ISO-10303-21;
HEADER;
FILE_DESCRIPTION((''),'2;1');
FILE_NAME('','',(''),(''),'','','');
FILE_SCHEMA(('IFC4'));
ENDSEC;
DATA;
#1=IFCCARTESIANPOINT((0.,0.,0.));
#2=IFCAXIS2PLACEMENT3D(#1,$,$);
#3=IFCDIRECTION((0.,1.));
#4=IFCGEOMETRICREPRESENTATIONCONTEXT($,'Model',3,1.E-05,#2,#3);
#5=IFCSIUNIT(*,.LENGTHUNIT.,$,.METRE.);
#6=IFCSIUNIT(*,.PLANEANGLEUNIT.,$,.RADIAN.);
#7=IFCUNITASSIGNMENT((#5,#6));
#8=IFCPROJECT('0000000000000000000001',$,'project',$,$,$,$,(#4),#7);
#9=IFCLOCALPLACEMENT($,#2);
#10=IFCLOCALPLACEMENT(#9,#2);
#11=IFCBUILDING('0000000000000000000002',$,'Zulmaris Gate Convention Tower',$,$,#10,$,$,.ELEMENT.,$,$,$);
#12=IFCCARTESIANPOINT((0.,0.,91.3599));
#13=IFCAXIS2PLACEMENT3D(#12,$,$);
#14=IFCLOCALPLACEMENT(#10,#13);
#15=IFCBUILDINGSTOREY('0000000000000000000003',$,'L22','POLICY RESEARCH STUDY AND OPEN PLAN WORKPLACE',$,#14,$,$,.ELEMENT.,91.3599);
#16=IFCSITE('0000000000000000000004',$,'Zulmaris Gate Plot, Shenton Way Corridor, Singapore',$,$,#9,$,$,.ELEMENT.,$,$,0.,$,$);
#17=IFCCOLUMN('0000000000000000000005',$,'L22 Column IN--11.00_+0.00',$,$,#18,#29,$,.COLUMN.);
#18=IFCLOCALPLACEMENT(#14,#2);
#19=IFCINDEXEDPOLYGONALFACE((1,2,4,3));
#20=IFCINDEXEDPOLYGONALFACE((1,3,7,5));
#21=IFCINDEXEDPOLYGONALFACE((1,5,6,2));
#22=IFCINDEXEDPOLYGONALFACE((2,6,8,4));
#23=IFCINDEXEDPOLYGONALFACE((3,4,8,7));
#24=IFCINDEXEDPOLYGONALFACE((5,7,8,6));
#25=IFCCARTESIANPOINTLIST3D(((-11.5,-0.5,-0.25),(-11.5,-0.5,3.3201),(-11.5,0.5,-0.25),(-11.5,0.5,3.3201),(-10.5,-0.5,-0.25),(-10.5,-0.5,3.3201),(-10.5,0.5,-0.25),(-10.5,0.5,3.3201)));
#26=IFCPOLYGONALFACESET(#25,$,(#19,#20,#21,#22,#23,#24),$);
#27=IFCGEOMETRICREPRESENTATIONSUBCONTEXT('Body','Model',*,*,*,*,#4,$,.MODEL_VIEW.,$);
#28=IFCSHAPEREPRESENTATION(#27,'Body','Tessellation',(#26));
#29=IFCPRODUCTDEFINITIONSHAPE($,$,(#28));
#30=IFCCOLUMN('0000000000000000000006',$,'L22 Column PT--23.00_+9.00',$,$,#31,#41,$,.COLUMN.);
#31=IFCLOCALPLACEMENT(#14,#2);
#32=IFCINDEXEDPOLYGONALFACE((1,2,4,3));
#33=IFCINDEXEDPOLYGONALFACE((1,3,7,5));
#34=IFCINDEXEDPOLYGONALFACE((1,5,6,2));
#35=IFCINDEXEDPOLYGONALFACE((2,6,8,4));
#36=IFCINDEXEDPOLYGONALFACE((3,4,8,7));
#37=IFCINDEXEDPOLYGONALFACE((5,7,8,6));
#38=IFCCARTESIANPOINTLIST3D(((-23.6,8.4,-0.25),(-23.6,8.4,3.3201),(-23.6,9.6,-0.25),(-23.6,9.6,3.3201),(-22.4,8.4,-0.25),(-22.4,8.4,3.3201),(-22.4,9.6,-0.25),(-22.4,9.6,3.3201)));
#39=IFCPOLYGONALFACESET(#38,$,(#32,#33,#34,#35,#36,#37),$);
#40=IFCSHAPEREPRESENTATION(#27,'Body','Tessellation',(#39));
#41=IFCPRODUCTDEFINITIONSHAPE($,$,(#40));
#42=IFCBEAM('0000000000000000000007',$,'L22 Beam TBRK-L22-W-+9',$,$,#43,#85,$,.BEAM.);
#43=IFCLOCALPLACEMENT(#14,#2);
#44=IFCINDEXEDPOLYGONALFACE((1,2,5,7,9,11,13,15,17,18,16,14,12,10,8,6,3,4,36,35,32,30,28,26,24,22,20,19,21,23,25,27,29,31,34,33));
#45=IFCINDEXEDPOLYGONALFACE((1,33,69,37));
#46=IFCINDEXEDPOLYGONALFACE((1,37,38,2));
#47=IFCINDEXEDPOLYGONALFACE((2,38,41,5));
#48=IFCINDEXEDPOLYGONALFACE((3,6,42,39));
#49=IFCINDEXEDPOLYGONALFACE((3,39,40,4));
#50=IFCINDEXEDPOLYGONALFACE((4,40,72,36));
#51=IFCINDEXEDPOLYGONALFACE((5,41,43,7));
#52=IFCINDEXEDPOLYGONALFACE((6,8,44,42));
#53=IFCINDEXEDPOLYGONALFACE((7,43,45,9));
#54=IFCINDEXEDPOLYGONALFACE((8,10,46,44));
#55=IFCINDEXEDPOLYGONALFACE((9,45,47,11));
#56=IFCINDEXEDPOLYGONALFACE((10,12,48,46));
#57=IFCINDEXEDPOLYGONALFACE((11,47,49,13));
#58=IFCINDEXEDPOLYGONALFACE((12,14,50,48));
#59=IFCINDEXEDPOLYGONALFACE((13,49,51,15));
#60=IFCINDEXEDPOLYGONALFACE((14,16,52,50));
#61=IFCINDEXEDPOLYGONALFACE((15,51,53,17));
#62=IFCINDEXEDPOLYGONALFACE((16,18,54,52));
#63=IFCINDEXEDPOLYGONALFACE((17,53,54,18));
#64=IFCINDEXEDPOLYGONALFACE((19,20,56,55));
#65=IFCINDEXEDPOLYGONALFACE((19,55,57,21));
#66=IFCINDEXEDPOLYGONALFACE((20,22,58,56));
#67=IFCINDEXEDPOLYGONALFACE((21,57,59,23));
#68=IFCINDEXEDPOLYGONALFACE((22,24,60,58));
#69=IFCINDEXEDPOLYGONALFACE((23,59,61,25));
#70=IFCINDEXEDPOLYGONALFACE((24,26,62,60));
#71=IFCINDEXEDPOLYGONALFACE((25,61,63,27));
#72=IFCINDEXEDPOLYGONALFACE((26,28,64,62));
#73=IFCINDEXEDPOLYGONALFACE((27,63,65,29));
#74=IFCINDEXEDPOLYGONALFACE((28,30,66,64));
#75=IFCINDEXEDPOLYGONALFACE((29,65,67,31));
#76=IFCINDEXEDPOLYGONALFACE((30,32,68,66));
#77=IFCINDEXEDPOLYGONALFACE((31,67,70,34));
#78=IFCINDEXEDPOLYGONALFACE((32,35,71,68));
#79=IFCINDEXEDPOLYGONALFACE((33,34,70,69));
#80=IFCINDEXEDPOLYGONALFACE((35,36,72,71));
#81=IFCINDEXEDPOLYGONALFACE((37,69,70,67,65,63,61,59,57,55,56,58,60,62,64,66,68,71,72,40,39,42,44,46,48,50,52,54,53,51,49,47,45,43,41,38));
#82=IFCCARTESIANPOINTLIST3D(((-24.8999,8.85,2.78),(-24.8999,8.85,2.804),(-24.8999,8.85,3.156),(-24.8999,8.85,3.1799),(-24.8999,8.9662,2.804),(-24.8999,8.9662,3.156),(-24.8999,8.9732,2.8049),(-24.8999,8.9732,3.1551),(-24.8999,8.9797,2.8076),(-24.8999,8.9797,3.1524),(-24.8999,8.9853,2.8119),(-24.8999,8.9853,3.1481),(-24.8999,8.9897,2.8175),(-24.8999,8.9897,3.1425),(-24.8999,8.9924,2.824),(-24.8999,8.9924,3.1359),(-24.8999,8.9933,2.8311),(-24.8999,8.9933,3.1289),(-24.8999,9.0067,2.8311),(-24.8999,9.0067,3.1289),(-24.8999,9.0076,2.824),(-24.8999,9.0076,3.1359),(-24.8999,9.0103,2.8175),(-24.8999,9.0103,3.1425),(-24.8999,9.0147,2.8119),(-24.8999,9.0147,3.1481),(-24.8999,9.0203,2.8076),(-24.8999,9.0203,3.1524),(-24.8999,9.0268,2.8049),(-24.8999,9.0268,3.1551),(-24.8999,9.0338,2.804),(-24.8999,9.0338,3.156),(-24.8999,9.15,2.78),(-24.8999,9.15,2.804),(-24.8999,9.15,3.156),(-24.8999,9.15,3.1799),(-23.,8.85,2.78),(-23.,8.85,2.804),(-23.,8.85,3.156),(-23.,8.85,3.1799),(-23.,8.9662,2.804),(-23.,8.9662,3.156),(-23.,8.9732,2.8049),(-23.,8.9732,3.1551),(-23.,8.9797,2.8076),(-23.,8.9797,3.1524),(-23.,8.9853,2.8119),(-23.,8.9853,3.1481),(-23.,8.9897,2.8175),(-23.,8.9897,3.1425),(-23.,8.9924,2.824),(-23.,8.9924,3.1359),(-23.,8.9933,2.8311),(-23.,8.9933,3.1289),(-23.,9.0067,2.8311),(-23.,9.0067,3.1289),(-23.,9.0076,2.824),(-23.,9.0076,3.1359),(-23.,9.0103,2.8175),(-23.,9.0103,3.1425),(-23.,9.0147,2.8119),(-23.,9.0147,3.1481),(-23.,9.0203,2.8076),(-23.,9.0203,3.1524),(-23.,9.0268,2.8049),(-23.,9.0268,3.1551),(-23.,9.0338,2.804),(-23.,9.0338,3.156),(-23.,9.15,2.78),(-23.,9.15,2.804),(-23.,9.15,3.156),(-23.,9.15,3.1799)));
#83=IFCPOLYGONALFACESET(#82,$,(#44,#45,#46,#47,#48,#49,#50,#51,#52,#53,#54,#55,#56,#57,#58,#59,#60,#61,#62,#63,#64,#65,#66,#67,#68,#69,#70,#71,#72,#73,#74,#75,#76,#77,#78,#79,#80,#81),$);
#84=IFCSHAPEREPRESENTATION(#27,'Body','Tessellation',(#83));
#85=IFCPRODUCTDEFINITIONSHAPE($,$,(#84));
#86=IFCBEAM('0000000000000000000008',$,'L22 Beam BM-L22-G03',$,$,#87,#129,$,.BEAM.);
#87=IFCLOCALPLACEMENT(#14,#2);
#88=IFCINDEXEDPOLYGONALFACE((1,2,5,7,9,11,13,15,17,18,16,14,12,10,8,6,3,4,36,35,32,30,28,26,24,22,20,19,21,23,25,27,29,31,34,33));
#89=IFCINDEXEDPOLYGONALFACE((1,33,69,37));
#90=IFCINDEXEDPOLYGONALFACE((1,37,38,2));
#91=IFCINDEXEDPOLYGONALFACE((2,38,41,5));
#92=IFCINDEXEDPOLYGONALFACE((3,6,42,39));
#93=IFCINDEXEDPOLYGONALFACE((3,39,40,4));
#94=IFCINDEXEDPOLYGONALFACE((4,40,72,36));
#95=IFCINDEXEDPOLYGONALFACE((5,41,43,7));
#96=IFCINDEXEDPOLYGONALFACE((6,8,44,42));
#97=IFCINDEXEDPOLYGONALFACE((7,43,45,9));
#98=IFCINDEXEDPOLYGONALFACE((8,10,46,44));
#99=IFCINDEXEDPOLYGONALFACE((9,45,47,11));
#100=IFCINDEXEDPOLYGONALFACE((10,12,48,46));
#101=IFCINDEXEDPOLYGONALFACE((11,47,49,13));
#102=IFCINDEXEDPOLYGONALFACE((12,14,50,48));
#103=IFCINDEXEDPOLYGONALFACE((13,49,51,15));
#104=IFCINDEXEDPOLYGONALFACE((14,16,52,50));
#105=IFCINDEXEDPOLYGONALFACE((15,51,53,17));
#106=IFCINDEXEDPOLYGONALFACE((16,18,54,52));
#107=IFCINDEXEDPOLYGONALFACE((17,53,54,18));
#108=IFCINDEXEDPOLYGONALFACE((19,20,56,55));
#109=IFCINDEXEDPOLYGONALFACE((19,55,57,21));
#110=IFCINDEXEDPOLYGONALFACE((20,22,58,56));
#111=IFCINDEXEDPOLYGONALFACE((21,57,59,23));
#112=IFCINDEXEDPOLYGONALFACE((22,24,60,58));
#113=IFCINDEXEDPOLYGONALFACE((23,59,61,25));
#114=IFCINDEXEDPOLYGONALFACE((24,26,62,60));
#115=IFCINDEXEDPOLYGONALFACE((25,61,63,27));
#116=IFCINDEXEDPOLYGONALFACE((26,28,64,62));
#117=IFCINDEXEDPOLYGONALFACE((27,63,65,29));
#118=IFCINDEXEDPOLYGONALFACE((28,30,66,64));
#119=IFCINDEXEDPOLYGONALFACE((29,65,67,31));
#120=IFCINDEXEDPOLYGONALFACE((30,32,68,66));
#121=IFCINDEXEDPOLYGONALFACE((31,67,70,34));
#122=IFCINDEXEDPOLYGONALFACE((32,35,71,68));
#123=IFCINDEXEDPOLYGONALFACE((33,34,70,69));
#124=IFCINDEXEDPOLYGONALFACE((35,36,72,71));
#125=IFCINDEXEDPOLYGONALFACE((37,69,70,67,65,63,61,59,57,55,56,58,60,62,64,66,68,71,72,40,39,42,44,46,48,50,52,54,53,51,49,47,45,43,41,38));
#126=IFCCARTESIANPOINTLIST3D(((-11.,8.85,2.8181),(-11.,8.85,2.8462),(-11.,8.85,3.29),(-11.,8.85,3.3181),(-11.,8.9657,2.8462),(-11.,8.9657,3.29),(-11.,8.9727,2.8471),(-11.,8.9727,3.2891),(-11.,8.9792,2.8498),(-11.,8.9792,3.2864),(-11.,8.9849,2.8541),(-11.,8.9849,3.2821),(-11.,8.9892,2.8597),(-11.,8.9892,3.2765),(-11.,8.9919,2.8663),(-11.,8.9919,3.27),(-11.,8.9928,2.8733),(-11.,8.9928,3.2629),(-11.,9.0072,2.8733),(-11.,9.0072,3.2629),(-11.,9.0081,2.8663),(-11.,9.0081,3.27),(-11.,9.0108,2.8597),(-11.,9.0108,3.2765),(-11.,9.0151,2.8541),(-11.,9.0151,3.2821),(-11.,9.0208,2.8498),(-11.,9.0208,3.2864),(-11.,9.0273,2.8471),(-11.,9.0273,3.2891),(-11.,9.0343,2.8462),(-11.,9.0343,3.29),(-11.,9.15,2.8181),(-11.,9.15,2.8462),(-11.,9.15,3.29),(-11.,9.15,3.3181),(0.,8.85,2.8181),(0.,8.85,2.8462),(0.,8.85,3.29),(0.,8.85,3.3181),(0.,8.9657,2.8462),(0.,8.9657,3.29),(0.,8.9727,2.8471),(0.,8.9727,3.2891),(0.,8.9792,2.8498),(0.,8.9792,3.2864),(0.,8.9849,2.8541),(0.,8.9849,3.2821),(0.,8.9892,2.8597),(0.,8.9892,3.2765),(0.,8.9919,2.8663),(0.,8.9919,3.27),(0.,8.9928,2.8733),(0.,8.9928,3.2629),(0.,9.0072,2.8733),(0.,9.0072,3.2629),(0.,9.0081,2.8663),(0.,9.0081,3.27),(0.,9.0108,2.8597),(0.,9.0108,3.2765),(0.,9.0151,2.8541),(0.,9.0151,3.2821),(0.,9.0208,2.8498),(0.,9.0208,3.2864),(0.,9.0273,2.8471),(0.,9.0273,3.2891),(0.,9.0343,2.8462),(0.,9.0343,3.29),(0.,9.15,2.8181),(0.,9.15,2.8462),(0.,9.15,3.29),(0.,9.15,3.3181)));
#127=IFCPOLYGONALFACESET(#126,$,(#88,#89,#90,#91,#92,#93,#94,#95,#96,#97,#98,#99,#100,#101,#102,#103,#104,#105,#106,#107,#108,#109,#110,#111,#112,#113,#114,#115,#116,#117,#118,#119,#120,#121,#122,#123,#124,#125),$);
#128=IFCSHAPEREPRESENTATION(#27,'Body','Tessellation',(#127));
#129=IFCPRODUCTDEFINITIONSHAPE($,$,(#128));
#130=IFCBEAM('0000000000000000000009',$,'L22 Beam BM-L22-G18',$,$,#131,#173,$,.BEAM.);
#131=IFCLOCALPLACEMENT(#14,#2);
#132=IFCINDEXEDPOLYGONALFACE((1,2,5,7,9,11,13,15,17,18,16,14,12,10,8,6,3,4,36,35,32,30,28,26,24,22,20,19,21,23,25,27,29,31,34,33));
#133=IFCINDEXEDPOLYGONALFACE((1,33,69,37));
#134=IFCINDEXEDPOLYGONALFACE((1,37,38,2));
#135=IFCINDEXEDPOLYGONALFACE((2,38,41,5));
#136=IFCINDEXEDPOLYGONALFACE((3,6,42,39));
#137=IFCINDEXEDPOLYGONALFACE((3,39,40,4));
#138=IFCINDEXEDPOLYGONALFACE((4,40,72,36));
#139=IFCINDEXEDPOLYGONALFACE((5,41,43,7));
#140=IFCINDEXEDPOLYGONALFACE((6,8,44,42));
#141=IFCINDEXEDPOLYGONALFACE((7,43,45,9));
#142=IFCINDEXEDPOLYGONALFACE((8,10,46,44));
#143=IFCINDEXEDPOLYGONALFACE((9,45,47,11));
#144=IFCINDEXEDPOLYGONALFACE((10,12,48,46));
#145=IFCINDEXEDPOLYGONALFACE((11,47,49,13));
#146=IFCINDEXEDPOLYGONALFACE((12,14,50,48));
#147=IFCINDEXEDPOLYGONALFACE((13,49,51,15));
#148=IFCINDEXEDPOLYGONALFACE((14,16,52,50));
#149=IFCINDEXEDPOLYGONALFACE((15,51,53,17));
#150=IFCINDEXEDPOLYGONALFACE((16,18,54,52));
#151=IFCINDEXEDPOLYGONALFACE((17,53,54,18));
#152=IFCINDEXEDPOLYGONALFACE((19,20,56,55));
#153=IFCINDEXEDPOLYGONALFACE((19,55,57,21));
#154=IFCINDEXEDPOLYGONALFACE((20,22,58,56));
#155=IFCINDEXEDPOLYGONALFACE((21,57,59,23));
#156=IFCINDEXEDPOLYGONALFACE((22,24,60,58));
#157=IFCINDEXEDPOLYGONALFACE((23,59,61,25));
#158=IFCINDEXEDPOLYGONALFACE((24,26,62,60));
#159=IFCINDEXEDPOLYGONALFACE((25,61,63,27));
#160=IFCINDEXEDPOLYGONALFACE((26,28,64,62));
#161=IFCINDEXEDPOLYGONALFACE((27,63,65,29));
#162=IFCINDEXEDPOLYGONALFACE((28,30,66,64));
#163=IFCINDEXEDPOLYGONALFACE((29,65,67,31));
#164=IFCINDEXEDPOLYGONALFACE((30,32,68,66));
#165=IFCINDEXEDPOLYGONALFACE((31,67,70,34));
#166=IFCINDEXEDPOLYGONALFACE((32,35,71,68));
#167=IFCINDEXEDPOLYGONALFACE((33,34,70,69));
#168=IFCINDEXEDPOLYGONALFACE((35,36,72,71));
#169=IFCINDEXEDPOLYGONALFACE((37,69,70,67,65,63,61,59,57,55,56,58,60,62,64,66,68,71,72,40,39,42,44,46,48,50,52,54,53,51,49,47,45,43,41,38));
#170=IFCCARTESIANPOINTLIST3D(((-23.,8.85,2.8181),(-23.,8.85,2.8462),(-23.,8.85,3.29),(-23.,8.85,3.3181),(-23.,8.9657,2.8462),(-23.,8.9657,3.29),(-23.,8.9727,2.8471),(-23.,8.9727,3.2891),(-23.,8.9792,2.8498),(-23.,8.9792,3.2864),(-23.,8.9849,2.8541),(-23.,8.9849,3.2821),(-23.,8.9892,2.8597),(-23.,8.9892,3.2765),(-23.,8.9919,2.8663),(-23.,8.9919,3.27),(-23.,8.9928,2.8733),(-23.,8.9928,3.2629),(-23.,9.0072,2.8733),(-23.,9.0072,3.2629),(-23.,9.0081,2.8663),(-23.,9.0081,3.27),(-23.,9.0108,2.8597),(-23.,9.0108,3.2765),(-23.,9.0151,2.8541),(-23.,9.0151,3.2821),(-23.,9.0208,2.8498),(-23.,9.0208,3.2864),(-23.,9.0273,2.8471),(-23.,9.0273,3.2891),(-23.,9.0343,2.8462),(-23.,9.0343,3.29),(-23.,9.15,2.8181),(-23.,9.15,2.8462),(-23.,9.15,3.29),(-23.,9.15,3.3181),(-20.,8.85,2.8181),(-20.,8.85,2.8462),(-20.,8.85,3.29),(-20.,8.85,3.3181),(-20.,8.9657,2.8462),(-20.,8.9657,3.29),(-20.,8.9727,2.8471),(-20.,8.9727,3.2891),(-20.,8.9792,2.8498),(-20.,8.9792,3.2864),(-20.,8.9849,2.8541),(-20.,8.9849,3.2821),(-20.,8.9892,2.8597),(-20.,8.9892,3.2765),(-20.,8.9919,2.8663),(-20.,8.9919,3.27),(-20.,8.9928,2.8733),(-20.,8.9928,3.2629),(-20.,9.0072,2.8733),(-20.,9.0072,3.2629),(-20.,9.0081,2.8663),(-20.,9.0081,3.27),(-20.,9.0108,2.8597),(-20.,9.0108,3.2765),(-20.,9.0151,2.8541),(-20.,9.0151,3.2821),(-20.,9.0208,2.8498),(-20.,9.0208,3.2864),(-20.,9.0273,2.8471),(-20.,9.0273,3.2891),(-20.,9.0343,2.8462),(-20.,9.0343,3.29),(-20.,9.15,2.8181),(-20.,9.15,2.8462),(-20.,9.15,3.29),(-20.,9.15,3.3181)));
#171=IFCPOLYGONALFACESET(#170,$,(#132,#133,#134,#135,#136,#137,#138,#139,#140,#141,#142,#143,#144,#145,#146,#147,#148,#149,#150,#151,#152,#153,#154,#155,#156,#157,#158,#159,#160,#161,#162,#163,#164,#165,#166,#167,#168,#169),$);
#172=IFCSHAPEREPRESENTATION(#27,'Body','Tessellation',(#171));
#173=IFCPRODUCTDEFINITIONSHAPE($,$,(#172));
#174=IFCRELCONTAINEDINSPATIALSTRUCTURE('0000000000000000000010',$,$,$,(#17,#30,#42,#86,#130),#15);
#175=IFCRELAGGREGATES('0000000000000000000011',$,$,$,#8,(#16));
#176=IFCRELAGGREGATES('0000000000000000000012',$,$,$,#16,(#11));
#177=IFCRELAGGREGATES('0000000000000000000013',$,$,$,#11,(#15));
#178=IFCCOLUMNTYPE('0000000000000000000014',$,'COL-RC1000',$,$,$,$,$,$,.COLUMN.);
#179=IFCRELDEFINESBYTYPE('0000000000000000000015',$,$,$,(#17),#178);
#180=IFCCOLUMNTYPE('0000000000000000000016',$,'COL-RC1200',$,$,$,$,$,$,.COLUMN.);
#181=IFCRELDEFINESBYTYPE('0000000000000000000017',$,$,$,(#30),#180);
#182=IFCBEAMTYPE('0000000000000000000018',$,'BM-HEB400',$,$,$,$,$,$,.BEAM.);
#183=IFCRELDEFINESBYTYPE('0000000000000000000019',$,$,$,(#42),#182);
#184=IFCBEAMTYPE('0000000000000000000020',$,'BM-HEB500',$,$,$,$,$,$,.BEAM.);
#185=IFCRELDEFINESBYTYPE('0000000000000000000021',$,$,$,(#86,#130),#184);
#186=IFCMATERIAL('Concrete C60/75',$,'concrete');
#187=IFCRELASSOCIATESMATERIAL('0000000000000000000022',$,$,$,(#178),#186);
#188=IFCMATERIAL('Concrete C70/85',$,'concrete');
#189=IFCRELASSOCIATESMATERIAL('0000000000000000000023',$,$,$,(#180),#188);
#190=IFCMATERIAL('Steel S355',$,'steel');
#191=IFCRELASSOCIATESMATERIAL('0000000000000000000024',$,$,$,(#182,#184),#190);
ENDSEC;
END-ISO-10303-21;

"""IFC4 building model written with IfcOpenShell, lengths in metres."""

from ifc_helpers import new_model, si_unit, direction, frame, origin, origin_2d, place, context, subcontext, project, spatial, rectangle, i_section, extrude, material, material_profile, profile_set, type_object, element, save


model = new_model("IFC4")

# Units and contexts
model_context = context("Model", 3, precision=1e-05, world=origin(), true_north=direction((0.0, 1.0)))
body_context = subcontext(model_context, "Body", "Model", "MODEL_VIEW")
ifc_project = project(units=[si_unit("LENGTHUNIT", "METRE"), si_unit("PLANEANGLEUNIT", "RADIAN")], contexts=[model_context])

# Site, building, storey
site_placement = place(None, origin())
site = spatial("IfcSite", under=ifc_project, at=site_placement, Name="Zulmaris Gate Plot, Shenton Way Corridor, Singapore", CompositionType="ELEMENT", RefElevation=0.0)
building_placement = place(site_placement, origin())
building = spatial("IfcBuilding", under=site, at=building_placement, Name="Zulmaris Gate Convention Tower", CompositionType="ELEMENT")
storey_placement = place(building_placement, frame((0.0, 0.0, 91.3599)))
storey = spatial("IfcBuildingStorey", under=building, at=storey_placement, Name="L22", Description="POLICY RESEARCH STUDY AND OPEN PLAN WORKPLACE", CompositionType="ELEMENT", Elevation=91.3599)

# Columns
ifc_material_1 = material(Name="Concrete C60/75", Category="concrete")
ifc_material_profile_1 = material_profile(ifc_material_1, rectangle(XDim=1.0, YDim=1.0, at=origin_2d()), Name="RC COL 1000x1000")
ifc_profile_set_1 = profile_set([ifc_material_profile_1], Name="Concrete C60/75")
column_type_1 = type_object("IfcColumnType", Name="COL-RC1000", PredefinedType="COLUMN", material=ifc_profile_set_1)
column_1_placement = place(storey_placement, frame((-11.0, 0.0, -0.25), z_axis=(0.0, 0.0, 1.0), x_axis=(1.0, 0.0, 0.0)))
element("IfcColumn", 1, at=column_1_placement, inside=storey, type_object=column_type_1, Name="L22 Column IN--11.00_+0.00", PredefinedType="COLUMN", context=body_context, shape_type="SweptSolid", body=[
    extrude(rectangle(XDim=1.0, YDim=1.0, at=origin_2d()), origin(), (0.0, 0.0, 1.0), 3.5701),
])
ifc_material_2 = material(Name="Concrete C70/85", Category="concrete")
ifc_material_profile_2 = material_profile(ifc_material_2, rectangle(XDim=1.2, YDim=1.2, at=origin_2d()), Name="RC COL 1200x1200")
ifc_profile_set_2 = profile_set([ifc_material_profile_2], Name="Concrete C70/85")
column_type_2 = type_object("IfcColumnType", Name="COL-RC1200", PredefinedType="COLUMN", material=ifc_profile_set_2)
column_2_placement = place(storey_placement, frame((-23.0, 9.0, -0.25), z_axis=(0.0, 0.0, 1.0), x_axis=(1.0, 0.0, 0.0)))
element("IfcColumn", 2, at=column_2_placement, inside=storey, type_object=column_type_2, Name="L22 Column PT--23.00_+9.00", PredefinedType="COLUMN", context=body_context, shape_type="SweptSolid", body=[
    extrude(rectangle(XDim=1.2, YDim=1.2, at=origin_2d()), origin(), (0.0, 0.0, 1.0), 3.5701),
])

# Beams
ifc_material_3 = material(Name="Steel S355", Category="steel")
ifc_material_profile_3 = material_profile(ifc_material_3, i_section(OverallWidth=0.3, OverallDepth=0.3999, WebThickness=0.0134, FlangeThickness=0.0239, FilletRadius=0.0271, at=origin_2d()), Name="HEB 400")
ifc_profile_set_3 = profile_set([ifc_material_profile_3], Name="Steel S355")
beam_type_1 = type_object("IfcBeamType", Name="BM-HEB400", PredefinedType="BEAM", material=ifc_profile_set_3)
beam_1_placement = place(storey_placement, frame((-24.8999, 9.0, 2.98), z_axis=(1.0, 0.0, 0.0), x_axis=(0.0, 1.0, 0.0)))
element("IfcBeam", 3, at=beam_1_placement, inside=storey, type_object=beam_type_1, Name="L22 Beam TBRK-L22-W-+9", PredefinedType="BEAM", context=body_context, shape_type="SweptSolid", body=[
    extrude(i_section(OverallWidth=0.3, OverallDepth=0.3999, WebThickness=0.0134, FlangeThickness=0.0239, FilletRadius=0.0271, at=origin_2d()), origin(), (0.0, 0.0, 1.0), 1.8999),
])
ifc_material_profile_4 = material_profile(ifc_material_3, i_section(OverallWidth=0.3, OverallDepth=0.5, WebThickness=0.0144, FlangeThickness=0.0281, FilletRadius=0.0271, at=origin_2d()), Name="HEB 500")
ifc_profile_set_4 = profile_set([ifc_material_profile_4], Name="Steel S355")
beam_type_2 = type_object("IfcBeamType", Name="BM-HEB500", PredefinedType="BEAM", material=ifc_profile_set_4)
beam_2_placement = place(storey_placement, frame((-11.0, 9.0, 3.0681), z_axis=(1.0, 0.0, 0.0), x_axis=(0.0, 1.0, 0.0)))
element("IfcBeam", 4, at=beam_2_placement, inside=storey, type_object=beam_type_2, Name="L22 Beam BM-L22-G03", PredefinedType="BEAM", context=body_context, shape_type="SweptSolid", body=[
    extrude(i_section(OverallWidth=0.3, OverallDepth=0.5, WebThickness=0.0144, FlangeThickness=0.0281, FilletRadius=0.0271, at=origin_2d()), origin(), (0.0, 0.0, 1.0), 11.0),
])
beam_3_placement = place(storey_placement, frame((-23.0, 9.0, 3.0681), z_axis=(1.0, 0.0, 0.0), x_axis=(0.0, 1.0, 0.0)))
element("IfcBeam", 5, at=beam_3_placement, inside=storey, type_object=beam_type_2, Name="L22 Beam BM-L22-G18", PredefinedType="BEAM", context=body_context, shape_type="SweptSolid", body=[
    extrude(i_section(OverallWidth=0.3, OverallDepth=0.5, WebThickness=0.0144, FlangeThickness=0.0281, FilletRadius=0.0271, at=origin_2d()), origin(), (0.0, 0.0, 1.0), 3.0),
])

save(model, "model.ifc")
